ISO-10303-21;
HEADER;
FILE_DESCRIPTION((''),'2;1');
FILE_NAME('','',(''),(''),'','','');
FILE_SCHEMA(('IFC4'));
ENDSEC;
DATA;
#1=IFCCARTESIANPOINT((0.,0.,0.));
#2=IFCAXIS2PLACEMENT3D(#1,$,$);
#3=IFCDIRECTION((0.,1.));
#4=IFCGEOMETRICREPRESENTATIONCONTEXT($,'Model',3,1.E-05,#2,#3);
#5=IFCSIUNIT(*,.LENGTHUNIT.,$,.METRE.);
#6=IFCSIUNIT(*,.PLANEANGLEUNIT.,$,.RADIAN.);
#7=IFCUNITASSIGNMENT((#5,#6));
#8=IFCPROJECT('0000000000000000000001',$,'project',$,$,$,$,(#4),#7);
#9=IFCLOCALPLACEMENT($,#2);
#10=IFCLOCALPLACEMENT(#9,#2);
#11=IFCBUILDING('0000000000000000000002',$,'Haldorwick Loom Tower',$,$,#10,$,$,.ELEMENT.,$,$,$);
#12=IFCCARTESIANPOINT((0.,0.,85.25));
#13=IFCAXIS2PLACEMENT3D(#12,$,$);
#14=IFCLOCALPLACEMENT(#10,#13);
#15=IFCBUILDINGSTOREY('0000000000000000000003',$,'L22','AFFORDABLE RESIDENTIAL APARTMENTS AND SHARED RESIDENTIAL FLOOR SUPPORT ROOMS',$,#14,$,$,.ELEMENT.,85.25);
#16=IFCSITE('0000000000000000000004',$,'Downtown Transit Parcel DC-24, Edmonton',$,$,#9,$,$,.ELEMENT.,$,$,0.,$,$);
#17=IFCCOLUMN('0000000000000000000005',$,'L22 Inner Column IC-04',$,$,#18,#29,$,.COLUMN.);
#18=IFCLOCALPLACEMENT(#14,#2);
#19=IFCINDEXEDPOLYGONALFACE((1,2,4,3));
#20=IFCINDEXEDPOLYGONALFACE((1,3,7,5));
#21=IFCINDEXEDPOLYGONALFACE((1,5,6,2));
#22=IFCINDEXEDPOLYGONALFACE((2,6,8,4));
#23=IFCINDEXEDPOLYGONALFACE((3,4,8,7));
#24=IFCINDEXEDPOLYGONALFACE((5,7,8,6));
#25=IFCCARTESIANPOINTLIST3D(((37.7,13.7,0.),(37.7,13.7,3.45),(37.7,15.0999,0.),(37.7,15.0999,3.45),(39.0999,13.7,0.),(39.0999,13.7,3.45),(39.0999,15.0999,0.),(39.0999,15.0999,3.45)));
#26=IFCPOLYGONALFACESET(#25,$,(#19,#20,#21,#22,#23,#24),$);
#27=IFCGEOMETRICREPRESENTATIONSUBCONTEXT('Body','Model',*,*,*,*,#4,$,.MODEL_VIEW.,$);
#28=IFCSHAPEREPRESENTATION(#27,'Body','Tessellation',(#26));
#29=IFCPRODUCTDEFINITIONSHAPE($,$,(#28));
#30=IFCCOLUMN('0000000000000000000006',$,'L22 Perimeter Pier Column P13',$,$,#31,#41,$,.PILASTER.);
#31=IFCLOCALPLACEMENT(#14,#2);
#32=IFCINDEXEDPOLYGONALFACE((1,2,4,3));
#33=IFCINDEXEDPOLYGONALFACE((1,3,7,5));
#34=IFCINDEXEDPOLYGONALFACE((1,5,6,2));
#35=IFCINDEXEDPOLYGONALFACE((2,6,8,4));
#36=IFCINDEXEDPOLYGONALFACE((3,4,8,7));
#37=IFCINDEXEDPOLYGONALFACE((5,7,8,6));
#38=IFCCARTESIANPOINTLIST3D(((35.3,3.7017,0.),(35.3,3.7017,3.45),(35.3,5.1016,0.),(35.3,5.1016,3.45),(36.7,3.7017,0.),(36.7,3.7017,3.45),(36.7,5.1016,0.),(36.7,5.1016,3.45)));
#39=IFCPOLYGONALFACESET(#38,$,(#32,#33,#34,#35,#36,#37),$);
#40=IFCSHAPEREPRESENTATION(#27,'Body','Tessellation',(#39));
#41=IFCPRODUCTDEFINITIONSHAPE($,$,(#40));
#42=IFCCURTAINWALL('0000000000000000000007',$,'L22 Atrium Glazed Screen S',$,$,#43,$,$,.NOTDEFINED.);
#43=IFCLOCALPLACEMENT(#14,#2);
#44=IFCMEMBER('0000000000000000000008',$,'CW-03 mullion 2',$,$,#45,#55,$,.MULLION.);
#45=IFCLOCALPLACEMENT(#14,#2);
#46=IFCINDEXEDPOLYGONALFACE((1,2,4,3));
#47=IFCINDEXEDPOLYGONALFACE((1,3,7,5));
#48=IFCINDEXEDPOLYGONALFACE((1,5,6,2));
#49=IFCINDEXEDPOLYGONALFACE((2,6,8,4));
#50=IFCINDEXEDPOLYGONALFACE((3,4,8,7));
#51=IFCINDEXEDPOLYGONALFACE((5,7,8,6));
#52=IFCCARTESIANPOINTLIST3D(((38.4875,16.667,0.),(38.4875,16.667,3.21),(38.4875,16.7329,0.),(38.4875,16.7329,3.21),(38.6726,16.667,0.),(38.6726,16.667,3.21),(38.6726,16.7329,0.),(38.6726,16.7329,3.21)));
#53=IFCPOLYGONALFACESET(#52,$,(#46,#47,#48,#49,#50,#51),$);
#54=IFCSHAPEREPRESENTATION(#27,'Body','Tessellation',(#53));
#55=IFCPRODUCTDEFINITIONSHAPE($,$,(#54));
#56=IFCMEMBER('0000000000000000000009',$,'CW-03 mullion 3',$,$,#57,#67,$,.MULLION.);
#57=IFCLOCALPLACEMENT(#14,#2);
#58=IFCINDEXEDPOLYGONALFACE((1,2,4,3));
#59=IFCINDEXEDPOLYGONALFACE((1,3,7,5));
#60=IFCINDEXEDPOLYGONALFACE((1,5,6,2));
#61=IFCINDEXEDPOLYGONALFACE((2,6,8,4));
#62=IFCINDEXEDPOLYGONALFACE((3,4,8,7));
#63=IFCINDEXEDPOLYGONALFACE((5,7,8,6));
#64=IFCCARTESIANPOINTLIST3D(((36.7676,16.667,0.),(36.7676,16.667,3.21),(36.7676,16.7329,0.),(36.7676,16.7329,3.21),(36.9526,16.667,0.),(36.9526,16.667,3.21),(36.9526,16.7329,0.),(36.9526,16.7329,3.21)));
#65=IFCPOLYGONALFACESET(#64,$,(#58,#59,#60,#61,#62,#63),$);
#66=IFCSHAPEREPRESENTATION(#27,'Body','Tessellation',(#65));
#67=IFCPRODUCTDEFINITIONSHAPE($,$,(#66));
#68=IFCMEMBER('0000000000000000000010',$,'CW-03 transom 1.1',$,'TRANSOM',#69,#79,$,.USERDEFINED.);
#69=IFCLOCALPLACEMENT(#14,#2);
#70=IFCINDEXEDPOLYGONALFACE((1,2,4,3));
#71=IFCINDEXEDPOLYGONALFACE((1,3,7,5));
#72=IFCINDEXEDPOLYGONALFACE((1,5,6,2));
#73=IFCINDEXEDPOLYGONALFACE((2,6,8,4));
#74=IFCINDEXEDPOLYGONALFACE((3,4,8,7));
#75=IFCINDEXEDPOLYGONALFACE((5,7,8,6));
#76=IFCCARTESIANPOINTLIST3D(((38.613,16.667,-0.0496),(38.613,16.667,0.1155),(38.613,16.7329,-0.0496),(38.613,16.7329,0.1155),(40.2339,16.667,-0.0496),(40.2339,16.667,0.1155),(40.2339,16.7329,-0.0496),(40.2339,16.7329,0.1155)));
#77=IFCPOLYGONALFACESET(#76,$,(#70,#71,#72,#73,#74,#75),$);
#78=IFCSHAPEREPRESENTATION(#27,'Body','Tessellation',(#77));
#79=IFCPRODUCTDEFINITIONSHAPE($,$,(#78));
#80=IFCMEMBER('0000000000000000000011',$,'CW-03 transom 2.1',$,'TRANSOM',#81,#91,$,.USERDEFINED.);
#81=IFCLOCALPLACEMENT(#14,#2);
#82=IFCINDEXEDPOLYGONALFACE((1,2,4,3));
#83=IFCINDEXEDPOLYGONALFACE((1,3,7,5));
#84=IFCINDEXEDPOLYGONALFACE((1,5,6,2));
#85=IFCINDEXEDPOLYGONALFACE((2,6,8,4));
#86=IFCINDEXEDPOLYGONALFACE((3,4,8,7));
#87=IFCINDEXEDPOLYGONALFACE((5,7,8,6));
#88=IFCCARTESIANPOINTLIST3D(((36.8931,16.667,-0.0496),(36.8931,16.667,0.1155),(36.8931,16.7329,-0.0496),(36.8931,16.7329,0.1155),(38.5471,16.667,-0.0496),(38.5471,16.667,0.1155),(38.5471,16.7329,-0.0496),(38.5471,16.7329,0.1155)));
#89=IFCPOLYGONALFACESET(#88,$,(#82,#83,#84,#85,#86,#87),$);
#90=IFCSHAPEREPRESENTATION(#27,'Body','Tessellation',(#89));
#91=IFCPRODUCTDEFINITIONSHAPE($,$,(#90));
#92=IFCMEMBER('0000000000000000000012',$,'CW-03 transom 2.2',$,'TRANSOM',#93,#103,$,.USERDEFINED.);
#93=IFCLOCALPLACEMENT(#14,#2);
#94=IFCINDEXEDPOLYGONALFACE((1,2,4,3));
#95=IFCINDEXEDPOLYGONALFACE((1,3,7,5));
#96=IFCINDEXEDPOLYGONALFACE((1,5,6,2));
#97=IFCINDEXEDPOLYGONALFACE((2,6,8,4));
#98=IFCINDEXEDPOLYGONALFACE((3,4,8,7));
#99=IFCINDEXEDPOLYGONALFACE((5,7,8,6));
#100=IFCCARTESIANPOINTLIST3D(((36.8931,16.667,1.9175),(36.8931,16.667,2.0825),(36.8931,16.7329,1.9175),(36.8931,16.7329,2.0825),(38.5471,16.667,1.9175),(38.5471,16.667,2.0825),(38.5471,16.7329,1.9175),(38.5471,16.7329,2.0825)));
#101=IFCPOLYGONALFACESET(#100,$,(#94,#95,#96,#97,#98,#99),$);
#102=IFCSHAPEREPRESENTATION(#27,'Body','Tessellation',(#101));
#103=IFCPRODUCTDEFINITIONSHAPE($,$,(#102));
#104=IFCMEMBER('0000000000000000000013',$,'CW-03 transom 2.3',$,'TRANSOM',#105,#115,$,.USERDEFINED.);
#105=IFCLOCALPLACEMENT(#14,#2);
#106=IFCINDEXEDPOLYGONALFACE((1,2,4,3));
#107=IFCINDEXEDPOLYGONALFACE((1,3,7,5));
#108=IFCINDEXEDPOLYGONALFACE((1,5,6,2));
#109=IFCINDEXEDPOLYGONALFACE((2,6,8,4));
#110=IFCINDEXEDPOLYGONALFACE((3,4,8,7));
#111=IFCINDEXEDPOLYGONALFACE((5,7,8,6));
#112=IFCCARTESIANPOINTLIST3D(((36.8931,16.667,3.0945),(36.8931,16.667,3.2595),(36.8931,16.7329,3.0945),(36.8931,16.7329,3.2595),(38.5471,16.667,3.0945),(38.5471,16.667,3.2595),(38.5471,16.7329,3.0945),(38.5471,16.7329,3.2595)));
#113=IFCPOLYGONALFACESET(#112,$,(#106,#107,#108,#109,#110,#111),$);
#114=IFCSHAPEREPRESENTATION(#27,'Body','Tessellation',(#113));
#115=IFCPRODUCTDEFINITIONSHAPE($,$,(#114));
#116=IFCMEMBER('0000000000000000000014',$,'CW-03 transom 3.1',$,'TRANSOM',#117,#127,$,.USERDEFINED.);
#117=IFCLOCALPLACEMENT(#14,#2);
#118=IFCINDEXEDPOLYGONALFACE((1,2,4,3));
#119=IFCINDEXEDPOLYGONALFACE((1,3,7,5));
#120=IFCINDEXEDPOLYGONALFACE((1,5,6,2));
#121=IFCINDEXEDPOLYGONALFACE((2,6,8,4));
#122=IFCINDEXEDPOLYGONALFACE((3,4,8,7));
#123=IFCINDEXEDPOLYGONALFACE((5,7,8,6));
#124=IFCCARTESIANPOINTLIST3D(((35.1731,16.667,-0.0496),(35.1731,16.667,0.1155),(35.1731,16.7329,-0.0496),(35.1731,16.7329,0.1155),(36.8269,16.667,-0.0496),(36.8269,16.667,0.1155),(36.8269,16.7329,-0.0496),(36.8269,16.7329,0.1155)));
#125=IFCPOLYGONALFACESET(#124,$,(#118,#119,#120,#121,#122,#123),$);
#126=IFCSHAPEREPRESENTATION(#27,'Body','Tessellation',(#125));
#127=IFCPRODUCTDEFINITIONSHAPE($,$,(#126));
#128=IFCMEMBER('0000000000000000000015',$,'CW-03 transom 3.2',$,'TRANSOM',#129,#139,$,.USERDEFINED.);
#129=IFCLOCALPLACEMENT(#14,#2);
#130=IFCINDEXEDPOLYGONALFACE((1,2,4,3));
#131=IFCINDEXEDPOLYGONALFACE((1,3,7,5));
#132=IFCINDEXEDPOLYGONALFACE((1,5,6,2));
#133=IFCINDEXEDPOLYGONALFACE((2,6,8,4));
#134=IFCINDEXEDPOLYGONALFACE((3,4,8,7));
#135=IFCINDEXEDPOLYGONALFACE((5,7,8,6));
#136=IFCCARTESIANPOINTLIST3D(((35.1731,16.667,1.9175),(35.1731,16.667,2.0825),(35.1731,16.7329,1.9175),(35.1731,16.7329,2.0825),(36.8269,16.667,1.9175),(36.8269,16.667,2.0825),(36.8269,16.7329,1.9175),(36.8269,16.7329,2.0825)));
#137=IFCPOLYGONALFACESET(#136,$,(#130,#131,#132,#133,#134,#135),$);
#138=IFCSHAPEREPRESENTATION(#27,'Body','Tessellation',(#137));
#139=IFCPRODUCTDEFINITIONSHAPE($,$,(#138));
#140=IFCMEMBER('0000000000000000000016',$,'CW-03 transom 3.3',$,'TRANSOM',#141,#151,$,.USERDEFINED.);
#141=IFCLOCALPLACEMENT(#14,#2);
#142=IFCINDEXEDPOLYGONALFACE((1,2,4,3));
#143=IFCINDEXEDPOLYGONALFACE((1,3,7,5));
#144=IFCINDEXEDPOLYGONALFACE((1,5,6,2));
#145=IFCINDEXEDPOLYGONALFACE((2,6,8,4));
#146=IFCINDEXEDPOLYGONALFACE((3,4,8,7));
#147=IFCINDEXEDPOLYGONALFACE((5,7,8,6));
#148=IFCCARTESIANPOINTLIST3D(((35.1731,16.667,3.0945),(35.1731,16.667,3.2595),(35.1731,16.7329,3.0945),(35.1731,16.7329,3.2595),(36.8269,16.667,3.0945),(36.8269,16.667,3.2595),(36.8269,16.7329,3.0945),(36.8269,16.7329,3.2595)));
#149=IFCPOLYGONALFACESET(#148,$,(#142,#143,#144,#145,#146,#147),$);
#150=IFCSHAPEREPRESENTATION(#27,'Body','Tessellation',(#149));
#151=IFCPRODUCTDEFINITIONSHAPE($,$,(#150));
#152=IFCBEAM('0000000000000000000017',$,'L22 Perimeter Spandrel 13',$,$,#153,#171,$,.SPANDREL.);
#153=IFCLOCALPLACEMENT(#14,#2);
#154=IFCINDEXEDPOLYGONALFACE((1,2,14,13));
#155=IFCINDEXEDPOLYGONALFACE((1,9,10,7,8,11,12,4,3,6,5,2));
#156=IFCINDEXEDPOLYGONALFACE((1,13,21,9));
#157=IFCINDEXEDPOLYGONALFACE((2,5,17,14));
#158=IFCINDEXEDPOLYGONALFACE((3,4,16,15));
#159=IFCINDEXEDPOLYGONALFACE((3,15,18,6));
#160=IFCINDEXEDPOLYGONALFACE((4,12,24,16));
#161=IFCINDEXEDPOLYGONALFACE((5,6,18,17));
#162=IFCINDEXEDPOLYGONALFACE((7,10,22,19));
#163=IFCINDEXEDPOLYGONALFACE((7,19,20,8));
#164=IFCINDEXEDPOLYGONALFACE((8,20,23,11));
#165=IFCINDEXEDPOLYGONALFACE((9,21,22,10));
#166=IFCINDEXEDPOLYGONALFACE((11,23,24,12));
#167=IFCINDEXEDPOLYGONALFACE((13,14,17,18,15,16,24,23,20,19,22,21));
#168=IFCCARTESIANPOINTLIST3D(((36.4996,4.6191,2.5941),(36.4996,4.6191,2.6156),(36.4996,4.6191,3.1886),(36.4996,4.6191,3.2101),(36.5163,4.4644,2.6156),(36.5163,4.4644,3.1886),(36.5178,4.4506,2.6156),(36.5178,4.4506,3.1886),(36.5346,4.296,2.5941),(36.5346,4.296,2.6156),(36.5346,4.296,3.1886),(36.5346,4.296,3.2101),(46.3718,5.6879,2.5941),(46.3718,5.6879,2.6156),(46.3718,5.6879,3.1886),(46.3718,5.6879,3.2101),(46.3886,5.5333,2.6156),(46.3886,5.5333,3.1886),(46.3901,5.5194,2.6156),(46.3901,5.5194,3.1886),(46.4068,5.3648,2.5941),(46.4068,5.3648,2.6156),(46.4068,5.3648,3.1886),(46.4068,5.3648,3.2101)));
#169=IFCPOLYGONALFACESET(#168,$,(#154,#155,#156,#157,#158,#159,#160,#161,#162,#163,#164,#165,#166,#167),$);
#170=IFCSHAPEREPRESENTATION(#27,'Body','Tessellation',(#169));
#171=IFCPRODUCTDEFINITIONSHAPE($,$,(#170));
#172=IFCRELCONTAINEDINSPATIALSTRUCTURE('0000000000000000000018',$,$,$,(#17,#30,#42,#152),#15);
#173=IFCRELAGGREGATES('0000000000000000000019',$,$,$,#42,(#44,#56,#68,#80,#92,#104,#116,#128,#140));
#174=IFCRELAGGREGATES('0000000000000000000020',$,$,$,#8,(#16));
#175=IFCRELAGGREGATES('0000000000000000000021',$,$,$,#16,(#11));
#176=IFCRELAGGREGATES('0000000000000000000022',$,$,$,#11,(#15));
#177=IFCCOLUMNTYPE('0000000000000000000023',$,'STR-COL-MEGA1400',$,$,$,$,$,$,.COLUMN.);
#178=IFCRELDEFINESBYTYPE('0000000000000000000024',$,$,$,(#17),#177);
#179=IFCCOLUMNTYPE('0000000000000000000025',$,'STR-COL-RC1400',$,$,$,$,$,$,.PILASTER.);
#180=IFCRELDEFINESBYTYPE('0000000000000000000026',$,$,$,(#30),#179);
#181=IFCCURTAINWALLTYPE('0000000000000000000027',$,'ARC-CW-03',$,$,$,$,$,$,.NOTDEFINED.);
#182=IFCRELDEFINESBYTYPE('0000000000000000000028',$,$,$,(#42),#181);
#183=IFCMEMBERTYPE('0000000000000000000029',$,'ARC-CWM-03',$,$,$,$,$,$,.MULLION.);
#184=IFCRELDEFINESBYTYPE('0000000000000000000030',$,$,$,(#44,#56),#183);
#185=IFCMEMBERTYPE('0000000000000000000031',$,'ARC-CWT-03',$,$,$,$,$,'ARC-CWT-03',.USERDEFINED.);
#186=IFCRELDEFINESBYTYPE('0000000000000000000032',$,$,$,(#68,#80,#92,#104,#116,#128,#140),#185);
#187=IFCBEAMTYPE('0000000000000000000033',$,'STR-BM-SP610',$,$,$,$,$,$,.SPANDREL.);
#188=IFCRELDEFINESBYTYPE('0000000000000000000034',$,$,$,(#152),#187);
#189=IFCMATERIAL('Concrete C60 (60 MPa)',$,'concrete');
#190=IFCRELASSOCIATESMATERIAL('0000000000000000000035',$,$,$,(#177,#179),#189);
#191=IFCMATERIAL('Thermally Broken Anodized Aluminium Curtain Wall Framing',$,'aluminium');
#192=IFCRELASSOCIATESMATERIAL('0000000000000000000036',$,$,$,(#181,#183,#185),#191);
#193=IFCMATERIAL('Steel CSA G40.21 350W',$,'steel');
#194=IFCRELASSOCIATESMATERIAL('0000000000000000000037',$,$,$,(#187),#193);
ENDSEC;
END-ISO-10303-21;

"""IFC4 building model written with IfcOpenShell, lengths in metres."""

from ifc_helpers import new_model, si_unit, direction, frame, origin, origin_2d, place, context, subcontext, project, spatial, rectangle, i_section, extrude, material, material_profile, profile_set, type_object, element, aggregate, save


model = new_model("IFC4")

# Units and contexts
model_context = context("Model", 3, precision=1e-05, world=origin(), true_north=direction((0.0, 1.0)))
body_context = subcontext(model_context, "Body", "Model", "MODEL_VIEW")
ifc_project = project(units=[si_unit("LENGTHUNIT", "METRE"), si_unit("PLANEANGLEUNIT", "RADIAN")], contexts=[model_context])

# Site, building, storey
site_placement = place(None, origin())
site = spatial("IfcSite", under=ifc_project, at=site_placement, Name="Downtown Transit Parcel DC-24, Edmonton", CompositionType="ELEMENT", RefElevation=0.0)
building_placement = place(site_placement, origin())
building = spatial("IfcBuilding", under=site, at=building_placement, Name="Haldorwick Loom Tower", CompositionType="ELEMENT")
storey_placement = place(building_placement, frame((0.0, 0.0, 85.25)))
storey = spatial("IfcBuildingStorey", under=building, at=storey_placement, Name="L22", Description="AFFORDABLE RESIDENTIAL APARTMENTS AND SHARED RESIDENTIAL FLOOR SUPPORT ROOMS", CompositionType="ELEMENT", Elevation=85.25)

# Columns
ifc_material_1 = material(Name="Concrete C60 (60 MPa)", Category="concrete")
ifc_material_profile_1 = material_profile(ifc_material_1, rectangle(XDim=1.3999, YDim=1.3999, at=origin_2d()), Name="RC1400X1400", Category="concrete")
ifc_profile_set_1 = profile_set([ifc_material_profile_1], Name="Concrete C60 (60 MPa)")
column_type_1 = type_object("IfcColumnType", Name="STR-COL-MEGA1400", PredefinedType="COLUMN", material=ifc_profile_set_1)
column_1_placement = place(storey_placement, frame((38.3999, 14.3999, 0.0), z_axis=(0.0, 0.0, 1.0), x_axis=(1.0, 0.0, 0.0)))
element("IfcColumn", 1, at=column_1_placement, inside=storey, type_object=column_type_1, Name="L22 Inner Column IC-04", PredefinedType="COLUMN", context=body_context, shape_type="SweptSolid", body=[
    extrude(rectangle(XDim=1.3999, YDim=1.3999, at=origin_2d()), origin(), (0.0, 0.0, 1.0), 3.45),
])
ifc_material_profile_2 = material_profile(ifc_material_1, rectangle(XDim=1.3999, YDim=1.3999, at=origin_2d()), Name="RC1400X1400", Category="concrete")
ifc_profile_set_2 = profile_set([ifc_material_profile_2], Name="Concrete C60 (60 MPa)")
column_type_2 = type_object("IfcColumnType", Name="STR-COL-RC1400", PredefinedType="PILASTER", material=ifc_profile_set_2)
column_2_placement = place(storey_placement, frame((36.0, 4.4016, 0.0), z_axis=(0.0, 0.0, 1.0), x_axis=(0.0, -1.0, 0.0)))
element("IfcColumn", 2, at=column_2_placement, inside=storey, type_object=column_type_2, Name="L22 Perimeter Pier Column P13", PredefinedType="PILASTER", context=body_context, shape_type="SweptSolid", body=[
    extrude(rectangle(XDim=1.3999, YDim=1.3999, at=origin_2d()), origin(), (0.0, 0.0, 1.0), 3.45),
])

# Curtain wall, members
ifc_material_2 = material(Name="Thermally Broken Anodized Aluminium Curtain Wall Framing", Category="aluminium")
curtain_wall_type = type_object("IfcCurtainWallType", Name="ARC-CW-03", PredefinedType="NOTDEFINED", material=ifc_material_2)
curtain_wall_placement = place(storey_placement, origin())
curtain_wall = element("IfcCurtainWall", 3, at=curtain_wall_placement, inside=storey, type_object=curtain_wall_type, Name="L22 Atrium Glazed Screen S", PredefinedType="NOTDEFINED")
ifc_material_profile_3 = material_profile(ifc_material_2, rectangle(XDim=0.0659, YDim=0.1851, at=origin_2d()), Name="ALU_MUL_66X185", Category="aluminium")
ifc_profile_set_3 = profile_set([ifc_material_profile_3], Name="Thermally Broken Anodized Aluminium Curtain Wall Framing")
member_type_1 = type_object("IfcMemberType", Name="ARC-CWM-03", PredefinedType="MULLION", material=ifc_profile_set_3)
member_1_placement = place(storey_placement, frame((38.5801, 16.7, 0.0), z_axis=(0.0, 0.0, 1.0), x_axis=(0.0, -1.0, 0.0)))
member_1 = element("IfcMember", 4, at=member_1_placement, type_object=member_type_1, Name="CW-03 mullion 2", PredefinedType="MULLION", context=body_context, shape_type="SweptSolid", body=[
    extrude(rectangle(XDim=0.0659, YDim=0.1851, at=origin_2d()), origin(), (0.0, 0.0, 1.0), 3.21),
])
member_2_placement = place(storey_placement, frame((36.8601, 16.7, 0.0), z_axis=(0.0, 0.0, 1.0), x_axis=(0.0, -1.0, 0.0)))
member_2 = element("IfcMember", 5, at=member_2_placement, type_object=member_type_1, Name="CW-03 mullion 3", PredefinedType="MULLION", context=body_context, shape_type="SweptSolid", body=[
    extrude(rectangle(XDim=0.0659, YDim=0.1851, at=origin_2d()), origin(), (0.0, 0.0, 1.0), 3.21),
])
ifc_material_profile_4 = material_profile(ifc_material_2, rectangle(XDim=0.0659, YDim=0.165, at=origin_2d()), Name="ALU_TRN_66X165", Category="aluminium")
ifc_profile_set_4 = profile_set([ifc_material_profile_4], Name="Thermally Broken Anodized Aluminium Curtain Wall Framing")
member_type_2 = type_object("IfcMemberType", Name="ARC-CWT-03", ElementType="ARC-CWT-03", PredefinedType="USERDEFINED", material=ifc_profile_set_4)
member_3_placement = place(storey_placement, frame((40.2339, 16.7, 0.033), z_axis=(-1.0, 0.0, 0.0), x_axis=(0.0, -1.0, 0.0)))
member_3 = element("IfcMember", 6, at=member_3_placement, type_object=member_type_2, Name="CW-03 transom 1.1", ObjectType="TRANSOM", PredefinedType="USERDEFINED", context=body_context, shape_type="SweptSolid", body=[
    extrude(rectangle(XDim=0.0659, YDim=0.165, at=origin_2d()), origin(), (0.0, 0.0, 1.0), 1.6208),
])
member_4_placement = place(storey_placement, frame((38.5471, 16.7, 0.033), z_axis=(-1.0, 0.0, 0.0), x_axis=(0.0, -1.0, 0.0)))
member_4 = element("IfcMember", 7, at=member_4_placement, type_object=member_type_2, Name="CW-03 transom 2.1", ObjectType="TRANSOM", PredefinedType="USERDEFINED", context=body_context, shape_type="SweptSolid", body=[
    extrude(rectangle(XDim=0.0659, YDim=0.165, at=origin_2d()), origin(), (0.0, 0.0, 1.0), 1.6541),
])
member_5_placement = place(storey_placement, frame((38.5471, 16.7, 2.0), z_axis=(-1.0, 0.0, 0.0), x_axis=(0.0, -1.0, 0.0)))
member_5 = element("IfcMember", 8, at=member_5_placement, type_object=member_type_2, Name="CW-03 transom 2.2", ObjectType="TRANSOM", PredefinedType="USERDEFINED", context=body_context, shape_type="SweptSolid", body=[
    extrude(rectangle(XDim=0.0659, YDim=0.165, at=origin_2d()), origin(), (0.0, 0.0, 1.0), 1.6541),
])
member_6_placement = place(storey_placement, frame((38.5471, 16.7, 3.177), z_axis=(-1.0, 0.0, 0.0), x_axis=(0.0, -1.0, 0.0)))
member_6 = element("IfcMember", 9, at=member_6_placement, type_object=member_type_2, Name="CW-03 transom 2.3", ObjectType="TRANSOM", PredefinedType="USERDEFINED", context=body_context, shape_type="SweptSolid", body=[
    extrude(rectangle(XDim=0.0659, YDim=0.165, at=origin_2d()), origin(), (0.0, 0.0, 1.0), 1.6541),
])
member_7_placement = place(storey_placement, frame((36.8269, 16.7, 0.033), z_axis=(-1.0, 0.0, 0.0), x_axis=(0.0, -1.0, 0.0)))
member_7 = element("IfcMember", 10, at=member_7_placement, type_object=member_type_2, Name="CW-03 transom 3.1", ObjectType="TRANSOM", PredefinedType="USERDEFINED", context=body_context, shape_type="SweptSolid", body=[
    extrude(rectangle(XDim=0.0659, YDim=0.165, at=origin_2d()), origin(), (0.0, 0.0, 1.0), 1.6538),
])
member_8_placement = place(storey_placement, frame((36.8269, 16.7, 2.0), z_axis=(-1.0, 0.0, 0.0), x_axis=(0.0, -1.0, 0.0)))
member_8 = element("IfcMember", 11, at=member_8_placement, type_object=member_type_2, Name="CW-03 transom 3.2", ObjectType="TRANSOM", PredefinedType="USERDEFINED", context=body_context, shape_type="SweptSolid", body=[
    extrude(rectangle(XDim=0.0659, YDim=0.165, at=origin_2d()), origin(), (0.0, 0.0, 1.0), 1.6538),
])
member_9_placement = place(storey_placement, frame((36.8269, 16.7, 3.177), z_axis=(-1.0, 0.0, 0.0), x_axis=(0.0, -1.0, 0.0)))
member_9 = element("IfcMember", 12, at=member_9_placement, type_object=member_type_2, Name="CW-03 transom 3.3", ObjectType="TRANSOM", PredefinedType="USERDEFINED", context=body_context, shape_type="SweptSolid", body=[
    extrude(rectangle(XDim=0.0659, YDim=0.165, at=origin_2d()), origin(), (0.0, 0.0, 1.0), 1.6538),
])

# Beam
ifc_material_3 = material(Name="Steel CSA G40.21 350W", Category="steel")
ifc_material_profile_5 = material_profile(ifc_material_3, i_section(OverallWidth=0.325, OverallDepth=0.616, WebThickness=0.0139, FlangeThickness=0.0215, at=origin_2d()), Name="W610X174", Category="steel")
ifc_profile_set_5 = profile_set([ifc_material_profile_5], Name="Steel CSA G40.21 350W")
beam_type_1 = type_object("IfcBeamType", Name="STR-BM-SP610", PredefinedType="SPANDREL", material=ifc_profile_set_5)
beam_1_placement = place(storey_placement, frame((36.5171, 4.4575, 2.9021), z_axis=(0.99419, 0.107638, 0.0), x_axis=(-0.107638, 0.99419, 0.0)))
element("IfcBeam", 13, at=beam_1_placement, inside=storey, type_object=beam_type_1, Name="L22 Perimeter Spandrel 13", PredefinedType="SPANDREL", context=body_context, shape_type="SweptSolid", body=[
    extrude(i_section(OverallWidth=0.325, OverallDepth=0.616, WebThickness=0.0139, FlangeThickness=0.0215, at=origin_2d()), origin(), (0.0, 0.0, 1.0), 9.9299),
])

aggregate(curtain_wall, [member_1, member_2, member_3, member_4, member_5, member_6, member_7, member_8, member_9])

save(model, "model.ifc")
